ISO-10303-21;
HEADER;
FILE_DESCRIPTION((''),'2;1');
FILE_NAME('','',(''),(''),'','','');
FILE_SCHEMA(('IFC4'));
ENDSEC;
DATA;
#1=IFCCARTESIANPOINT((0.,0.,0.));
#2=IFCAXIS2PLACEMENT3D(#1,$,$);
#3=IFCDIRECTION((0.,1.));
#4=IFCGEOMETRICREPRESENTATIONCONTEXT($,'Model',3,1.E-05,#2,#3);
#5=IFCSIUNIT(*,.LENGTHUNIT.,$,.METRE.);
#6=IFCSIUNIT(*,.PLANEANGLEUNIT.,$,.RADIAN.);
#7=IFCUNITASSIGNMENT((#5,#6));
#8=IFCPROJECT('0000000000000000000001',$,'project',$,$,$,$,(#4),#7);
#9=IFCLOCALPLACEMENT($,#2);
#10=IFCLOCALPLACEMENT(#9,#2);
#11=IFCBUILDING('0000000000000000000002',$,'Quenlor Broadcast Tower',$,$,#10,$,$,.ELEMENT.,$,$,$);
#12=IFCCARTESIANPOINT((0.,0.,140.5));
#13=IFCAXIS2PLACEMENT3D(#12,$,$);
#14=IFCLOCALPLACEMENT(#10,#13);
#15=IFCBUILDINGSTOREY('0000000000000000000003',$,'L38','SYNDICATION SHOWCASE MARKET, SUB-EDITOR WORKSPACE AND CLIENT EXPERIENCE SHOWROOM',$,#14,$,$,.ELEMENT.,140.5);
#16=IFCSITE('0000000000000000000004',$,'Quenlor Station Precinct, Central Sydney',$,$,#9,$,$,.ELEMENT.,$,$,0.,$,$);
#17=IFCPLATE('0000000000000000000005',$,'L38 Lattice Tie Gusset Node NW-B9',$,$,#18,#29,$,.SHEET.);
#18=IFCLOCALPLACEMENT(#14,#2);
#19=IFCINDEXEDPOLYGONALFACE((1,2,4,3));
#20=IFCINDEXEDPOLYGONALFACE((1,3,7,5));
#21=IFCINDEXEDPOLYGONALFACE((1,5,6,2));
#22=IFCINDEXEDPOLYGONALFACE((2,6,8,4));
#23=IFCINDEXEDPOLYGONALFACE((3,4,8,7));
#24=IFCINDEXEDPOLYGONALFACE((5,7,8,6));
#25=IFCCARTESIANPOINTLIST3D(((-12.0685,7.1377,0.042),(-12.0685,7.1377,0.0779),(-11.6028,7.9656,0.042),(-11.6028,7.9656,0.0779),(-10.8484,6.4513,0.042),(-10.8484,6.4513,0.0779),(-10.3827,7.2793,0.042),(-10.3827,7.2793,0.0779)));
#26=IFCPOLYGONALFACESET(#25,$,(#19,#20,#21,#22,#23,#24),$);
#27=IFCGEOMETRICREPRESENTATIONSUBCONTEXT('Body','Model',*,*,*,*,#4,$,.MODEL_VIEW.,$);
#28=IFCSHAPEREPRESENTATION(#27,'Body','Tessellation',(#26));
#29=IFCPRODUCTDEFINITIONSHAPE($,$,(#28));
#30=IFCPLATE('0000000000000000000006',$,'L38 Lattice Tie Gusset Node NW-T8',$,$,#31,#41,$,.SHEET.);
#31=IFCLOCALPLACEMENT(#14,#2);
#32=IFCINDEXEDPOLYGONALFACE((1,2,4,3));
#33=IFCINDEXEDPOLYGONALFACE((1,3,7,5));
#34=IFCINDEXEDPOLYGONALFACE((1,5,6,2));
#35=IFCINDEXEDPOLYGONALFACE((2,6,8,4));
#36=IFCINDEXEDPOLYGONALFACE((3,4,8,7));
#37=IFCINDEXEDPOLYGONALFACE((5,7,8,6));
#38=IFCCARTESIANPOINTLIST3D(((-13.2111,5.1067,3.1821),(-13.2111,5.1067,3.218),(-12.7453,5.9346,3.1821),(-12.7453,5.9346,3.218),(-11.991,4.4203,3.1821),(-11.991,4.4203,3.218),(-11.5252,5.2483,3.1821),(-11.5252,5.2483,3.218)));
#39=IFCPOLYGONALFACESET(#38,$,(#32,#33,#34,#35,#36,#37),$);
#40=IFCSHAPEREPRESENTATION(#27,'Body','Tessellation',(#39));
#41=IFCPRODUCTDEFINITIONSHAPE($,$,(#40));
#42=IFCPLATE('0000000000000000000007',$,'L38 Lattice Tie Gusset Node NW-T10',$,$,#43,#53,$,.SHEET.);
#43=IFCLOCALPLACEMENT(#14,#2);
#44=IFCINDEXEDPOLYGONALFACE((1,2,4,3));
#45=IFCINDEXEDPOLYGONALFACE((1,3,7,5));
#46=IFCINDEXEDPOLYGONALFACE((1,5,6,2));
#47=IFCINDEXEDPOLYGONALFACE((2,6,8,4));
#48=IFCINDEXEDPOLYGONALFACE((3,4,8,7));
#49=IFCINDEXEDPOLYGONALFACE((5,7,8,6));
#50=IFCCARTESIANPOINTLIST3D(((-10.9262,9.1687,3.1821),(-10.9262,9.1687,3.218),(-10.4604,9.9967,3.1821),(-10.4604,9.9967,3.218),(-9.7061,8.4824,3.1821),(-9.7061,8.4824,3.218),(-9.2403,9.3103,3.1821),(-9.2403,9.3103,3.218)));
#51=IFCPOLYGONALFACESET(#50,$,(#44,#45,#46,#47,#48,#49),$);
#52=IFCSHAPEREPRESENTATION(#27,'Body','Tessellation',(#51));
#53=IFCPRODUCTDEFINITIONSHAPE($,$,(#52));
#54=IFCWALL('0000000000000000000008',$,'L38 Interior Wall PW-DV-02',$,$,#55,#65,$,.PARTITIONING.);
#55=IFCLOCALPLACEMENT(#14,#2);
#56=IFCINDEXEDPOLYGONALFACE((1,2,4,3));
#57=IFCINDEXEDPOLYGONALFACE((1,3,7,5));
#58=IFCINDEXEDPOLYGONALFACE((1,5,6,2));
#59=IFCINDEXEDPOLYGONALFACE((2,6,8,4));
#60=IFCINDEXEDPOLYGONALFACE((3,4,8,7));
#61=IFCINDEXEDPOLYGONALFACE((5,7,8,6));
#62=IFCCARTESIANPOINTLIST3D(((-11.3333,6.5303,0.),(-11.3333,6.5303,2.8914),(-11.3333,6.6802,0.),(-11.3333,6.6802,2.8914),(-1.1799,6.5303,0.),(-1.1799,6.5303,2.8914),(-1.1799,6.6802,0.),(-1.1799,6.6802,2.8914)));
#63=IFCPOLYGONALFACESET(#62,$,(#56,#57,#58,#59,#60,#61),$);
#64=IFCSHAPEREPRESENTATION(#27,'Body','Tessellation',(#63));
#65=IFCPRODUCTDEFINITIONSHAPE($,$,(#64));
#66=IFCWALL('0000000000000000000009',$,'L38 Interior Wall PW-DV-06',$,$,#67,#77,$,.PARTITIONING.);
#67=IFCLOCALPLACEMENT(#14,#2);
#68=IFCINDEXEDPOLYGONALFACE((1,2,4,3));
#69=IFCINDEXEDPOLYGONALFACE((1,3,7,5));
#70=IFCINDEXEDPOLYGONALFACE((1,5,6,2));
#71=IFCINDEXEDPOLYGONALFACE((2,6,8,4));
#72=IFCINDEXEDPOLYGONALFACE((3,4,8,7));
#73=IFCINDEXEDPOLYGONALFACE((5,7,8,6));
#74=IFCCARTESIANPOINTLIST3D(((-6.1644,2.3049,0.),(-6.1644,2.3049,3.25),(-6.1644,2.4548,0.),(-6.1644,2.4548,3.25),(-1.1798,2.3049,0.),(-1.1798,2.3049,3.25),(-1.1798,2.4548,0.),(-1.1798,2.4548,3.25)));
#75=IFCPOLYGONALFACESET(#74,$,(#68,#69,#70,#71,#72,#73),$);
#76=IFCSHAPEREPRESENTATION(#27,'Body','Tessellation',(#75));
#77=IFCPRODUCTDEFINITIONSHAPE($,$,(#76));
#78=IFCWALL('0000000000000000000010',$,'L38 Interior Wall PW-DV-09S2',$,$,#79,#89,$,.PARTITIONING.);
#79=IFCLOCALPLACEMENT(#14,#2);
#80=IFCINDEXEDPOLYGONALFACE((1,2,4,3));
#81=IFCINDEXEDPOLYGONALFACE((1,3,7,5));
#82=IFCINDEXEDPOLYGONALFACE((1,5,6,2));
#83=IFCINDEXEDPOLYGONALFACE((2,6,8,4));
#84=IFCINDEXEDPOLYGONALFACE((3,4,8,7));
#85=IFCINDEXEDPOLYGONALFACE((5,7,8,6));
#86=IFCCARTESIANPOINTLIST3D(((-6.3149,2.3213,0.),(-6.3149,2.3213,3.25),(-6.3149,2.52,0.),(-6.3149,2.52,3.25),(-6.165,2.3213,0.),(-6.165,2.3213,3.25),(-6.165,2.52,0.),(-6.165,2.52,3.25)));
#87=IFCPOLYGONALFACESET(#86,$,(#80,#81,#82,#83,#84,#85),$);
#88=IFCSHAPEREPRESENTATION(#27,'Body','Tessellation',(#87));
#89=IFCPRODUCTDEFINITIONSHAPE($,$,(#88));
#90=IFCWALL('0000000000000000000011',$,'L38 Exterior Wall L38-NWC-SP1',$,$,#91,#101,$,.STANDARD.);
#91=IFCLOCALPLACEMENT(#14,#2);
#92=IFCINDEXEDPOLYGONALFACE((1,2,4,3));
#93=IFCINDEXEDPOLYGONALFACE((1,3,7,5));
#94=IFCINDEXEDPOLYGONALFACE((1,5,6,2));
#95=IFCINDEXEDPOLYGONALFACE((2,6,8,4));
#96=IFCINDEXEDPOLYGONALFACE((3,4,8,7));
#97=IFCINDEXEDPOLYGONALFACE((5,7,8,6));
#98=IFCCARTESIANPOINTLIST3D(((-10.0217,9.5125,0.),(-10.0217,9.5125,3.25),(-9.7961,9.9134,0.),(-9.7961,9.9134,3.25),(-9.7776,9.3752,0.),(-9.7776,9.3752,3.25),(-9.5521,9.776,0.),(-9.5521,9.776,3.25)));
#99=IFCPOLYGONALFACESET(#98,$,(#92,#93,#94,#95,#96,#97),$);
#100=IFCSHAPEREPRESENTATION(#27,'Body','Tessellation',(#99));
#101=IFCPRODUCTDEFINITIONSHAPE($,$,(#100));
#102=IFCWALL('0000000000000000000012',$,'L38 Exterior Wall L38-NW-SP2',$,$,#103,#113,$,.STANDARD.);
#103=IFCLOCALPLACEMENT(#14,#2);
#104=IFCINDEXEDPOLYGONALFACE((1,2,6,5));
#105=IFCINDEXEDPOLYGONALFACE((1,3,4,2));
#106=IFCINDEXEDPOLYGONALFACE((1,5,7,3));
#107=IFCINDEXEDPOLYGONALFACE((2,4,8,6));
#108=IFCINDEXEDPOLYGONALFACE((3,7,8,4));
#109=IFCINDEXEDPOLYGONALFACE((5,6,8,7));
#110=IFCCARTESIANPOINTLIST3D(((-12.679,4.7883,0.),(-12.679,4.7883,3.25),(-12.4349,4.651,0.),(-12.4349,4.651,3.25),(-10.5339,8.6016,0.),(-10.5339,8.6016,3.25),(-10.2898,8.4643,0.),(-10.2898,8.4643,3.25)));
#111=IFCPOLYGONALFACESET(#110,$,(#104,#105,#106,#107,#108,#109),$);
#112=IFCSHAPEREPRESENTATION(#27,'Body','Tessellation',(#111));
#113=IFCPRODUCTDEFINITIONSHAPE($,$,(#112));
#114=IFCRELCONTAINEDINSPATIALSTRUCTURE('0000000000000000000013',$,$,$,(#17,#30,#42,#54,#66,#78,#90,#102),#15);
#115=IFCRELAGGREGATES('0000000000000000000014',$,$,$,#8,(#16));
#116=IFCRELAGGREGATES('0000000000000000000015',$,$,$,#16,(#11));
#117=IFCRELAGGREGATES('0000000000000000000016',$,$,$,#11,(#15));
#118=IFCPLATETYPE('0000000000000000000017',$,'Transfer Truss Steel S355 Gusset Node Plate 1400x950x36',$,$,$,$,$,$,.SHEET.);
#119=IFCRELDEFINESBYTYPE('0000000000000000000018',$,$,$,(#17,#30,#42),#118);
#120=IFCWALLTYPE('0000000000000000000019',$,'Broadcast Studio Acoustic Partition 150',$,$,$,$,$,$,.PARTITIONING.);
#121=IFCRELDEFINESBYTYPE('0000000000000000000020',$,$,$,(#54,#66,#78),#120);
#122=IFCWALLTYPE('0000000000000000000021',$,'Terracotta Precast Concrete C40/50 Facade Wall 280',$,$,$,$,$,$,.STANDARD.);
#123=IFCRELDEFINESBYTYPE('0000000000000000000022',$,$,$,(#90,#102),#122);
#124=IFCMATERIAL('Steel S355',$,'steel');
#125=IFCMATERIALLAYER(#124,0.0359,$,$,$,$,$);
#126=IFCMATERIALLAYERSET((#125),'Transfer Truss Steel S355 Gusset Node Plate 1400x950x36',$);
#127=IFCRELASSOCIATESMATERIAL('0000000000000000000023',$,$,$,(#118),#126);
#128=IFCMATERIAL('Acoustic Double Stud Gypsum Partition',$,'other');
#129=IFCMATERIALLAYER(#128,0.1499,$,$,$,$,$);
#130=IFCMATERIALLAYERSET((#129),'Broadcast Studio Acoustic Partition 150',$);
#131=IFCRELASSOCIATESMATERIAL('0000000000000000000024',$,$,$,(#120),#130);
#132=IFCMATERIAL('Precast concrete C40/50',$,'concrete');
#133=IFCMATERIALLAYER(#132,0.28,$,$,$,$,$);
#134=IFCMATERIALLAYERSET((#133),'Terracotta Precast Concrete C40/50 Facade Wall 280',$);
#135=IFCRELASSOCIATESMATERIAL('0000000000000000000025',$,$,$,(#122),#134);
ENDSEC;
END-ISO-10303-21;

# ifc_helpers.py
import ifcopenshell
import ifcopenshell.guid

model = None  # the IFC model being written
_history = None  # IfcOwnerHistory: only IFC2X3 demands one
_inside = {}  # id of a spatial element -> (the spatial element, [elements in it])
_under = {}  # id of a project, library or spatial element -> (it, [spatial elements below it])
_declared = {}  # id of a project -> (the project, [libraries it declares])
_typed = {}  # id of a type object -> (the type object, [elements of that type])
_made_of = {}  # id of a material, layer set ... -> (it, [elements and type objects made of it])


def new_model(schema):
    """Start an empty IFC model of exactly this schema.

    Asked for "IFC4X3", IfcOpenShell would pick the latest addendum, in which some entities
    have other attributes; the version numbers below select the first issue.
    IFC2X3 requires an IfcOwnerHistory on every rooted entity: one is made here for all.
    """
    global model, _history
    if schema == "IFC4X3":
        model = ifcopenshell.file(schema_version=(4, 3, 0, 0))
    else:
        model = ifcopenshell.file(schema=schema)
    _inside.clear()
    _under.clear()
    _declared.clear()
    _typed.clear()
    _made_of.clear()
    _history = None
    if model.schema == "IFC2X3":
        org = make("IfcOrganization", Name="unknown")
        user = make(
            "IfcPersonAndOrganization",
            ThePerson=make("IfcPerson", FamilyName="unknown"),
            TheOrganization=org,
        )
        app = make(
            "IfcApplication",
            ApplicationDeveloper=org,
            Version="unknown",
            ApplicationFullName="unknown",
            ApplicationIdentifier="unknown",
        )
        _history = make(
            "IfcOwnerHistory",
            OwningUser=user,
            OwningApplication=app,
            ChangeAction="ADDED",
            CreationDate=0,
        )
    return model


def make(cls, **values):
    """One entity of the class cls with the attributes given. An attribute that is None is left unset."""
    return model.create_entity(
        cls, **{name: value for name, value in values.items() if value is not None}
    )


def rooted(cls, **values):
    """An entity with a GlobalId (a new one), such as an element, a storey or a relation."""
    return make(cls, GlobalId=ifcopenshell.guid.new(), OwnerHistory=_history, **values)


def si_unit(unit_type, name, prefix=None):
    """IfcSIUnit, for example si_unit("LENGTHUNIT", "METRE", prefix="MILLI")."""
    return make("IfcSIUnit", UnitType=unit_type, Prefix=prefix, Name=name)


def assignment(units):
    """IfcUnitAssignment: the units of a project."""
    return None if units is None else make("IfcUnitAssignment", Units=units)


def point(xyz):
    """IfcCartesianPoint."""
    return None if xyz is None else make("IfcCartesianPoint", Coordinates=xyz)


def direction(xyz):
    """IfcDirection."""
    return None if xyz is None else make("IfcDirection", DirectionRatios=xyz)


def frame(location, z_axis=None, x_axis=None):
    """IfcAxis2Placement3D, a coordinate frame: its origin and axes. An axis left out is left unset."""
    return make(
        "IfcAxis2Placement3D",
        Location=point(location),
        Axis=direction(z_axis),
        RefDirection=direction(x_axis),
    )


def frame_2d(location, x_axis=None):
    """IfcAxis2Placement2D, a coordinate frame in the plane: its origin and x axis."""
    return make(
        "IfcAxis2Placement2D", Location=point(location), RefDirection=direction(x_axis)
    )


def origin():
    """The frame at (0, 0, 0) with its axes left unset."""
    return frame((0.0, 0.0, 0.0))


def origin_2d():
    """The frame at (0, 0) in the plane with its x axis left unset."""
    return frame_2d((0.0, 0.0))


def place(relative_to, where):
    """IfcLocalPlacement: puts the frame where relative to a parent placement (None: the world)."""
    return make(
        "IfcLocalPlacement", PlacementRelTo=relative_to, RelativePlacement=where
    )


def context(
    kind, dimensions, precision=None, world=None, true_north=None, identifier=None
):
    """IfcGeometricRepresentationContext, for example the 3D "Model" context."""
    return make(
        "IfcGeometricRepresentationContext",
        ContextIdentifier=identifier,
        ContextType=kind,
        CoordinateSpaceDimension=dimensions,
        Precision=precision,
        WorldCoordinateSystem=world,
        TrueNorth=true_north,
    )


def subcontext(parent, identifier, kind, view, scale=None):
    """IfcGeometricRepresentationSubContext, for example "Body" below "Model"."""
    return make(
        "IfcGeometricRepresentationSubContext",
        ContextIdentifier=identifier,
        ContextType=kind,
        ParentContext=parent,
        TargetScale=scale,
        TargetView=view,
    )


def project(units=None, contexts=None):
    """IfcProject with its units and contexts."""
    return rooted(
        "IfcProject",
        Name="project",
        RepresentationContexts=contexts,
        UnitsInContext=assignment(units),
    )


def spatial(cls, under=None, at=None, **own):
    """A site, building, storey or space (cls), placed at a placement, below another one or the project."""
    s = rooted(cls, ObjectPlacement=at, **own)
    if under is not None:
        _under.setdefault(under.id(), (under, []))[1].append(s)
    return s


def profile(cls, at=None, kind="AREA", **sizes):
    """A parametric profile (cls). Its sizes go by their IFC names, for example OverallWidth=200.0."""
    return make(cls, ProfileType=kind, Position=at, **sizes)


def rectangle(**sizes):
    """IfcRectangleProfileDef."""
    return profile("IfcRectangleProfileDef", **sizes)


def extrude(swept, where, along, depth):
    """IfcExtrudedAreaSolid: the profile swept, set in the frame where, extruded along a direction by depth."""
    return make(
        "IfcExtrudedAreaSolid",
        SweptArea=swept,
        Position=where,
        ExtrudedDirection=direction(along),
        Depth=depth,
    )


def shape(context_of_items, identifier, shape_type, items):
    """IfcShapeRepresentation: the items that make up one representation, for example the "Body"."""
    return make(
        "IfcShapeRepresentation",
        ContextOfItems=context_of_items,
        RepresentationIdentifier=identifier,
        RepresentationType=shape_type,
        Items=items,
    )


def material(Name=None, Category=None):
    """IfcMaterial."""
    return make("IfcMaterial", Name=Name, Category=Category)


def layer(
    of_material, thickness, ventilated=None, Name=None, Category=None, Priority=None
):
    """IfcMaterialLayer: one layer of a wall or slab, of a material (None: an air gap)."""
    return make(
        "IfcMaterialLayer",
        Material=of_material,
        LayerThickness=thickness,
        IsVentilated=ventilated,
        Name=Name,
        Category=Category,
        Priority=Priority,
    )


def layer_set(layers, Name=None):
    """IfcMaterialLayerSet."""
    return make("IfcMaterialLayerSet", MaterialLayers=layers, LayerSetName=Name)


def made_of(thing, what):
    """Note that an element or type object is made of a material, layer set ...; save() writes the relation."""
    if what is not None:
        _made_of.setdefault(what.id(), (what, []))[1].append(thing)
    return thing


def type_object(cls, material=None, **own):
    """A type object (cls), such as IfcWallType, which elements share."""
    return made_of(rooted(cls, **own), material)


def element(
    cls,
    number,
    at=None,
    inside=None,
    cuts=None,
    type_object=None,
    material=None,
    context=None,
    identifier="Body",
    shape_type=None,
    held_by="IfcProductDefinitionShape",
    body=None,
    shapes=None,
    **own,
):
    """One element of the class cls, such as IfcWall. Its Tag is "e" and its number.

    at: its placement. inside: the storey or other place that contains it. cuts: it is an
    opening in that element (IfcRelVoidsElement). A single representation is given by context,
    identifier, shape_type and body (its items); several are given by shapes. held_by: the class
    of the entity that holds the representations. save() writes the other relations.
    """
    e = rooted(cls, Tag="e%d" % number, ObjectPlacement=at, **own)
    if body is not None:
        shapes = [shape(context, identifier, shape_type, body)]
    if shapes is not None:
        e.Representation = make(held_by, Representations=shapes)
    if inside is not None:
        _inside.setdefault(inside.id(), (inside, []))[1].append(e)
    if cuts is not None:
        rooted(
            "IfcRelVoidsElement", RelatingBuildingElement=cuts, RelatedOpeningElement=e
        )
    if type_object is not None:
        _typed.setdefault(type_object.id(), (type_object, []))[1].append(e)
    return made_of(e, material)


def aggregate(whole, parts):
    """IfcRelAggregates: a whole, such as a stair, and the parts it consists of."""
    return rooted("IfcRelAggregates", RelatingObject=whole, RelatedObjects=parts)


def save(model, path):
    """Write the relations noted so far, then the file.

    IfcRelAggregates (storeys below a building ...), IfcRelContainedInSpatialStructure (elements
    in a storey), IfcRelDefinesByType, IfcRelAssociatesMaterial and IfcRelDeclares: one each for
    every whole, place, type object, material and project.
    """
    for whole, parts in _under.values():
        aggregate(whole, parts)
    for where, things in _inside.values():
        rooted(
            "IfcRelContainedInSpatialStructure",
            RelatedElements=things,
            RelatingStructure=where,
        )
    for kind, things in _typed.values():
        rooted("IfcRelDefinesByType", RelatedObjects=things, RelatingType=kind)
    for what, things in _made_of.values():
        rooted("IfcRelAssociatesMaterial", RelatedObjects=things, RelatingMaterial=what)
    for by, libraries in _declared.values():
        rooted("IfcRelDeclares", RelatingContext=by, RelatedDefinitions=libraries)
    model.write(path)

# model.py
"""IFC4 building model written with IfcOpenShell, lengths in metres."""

from ifc_helpers import new_model, si_unit, direction, frame, frame_2d, origin, origin_2d, place, context, subcontext, project, spatial, rectangle, extrude, material, layer, layer_set, type_object, element, save


model = new_model("IFC4")

# Units and contexts
model_context = context("Model", 3, precision=1e-05, world=origin(), true_north=direction((0.0, 1.0)))
body_context = subcontext(model_context, "Body", "Model", "MODEL_VIEW")
ifc_project = project(units=[si_unit("LENGTHUNIT", "METRE"), si_unit("PLANEANGLEUNIT", "RADIAN")], contexts=[model_context])

# Site, building, storey
site_placement = place(None, origin())
site = spatial("IfcSite", under=ifc_project, at=site_placement, Name="Quenlor Station Precinct, Central Sydney", CompositionType="ELEMENT", RefElevation=0.0)
building_placement = place(site_placement, origin())
building = spatial("IfcBuilding", under=site, at=building_placement, Name="Quenlor Broadcast Tower", CompositionType="ELEMENT")
storey_placement = place(building_placement, frame((0.0, 0.0, 140.5)))
storey = spatial("IfcBuildingStorey", under=building, at=storey_placement, Name="L38", Description="SYNDICATION SHOWCASE MARKET, SUB-EDITOR WORKSPACE AND CLIENT EXPERIENCE SHOWROOM", CompositionType="ELEMENT", Elevation=140.5)

# Plates
ifc_material_1 = material(Name="Steel S355", Category="steel")
ifc_layer_1 = layer(ifc_material_1, 0.0359)
ifc_layer_set_1 = layer_set([ifc_layer_1], Name="Transfer Truss Steel S355 Gusset Node Plate 1400x950x36")
plate_type_1 = type_object("IfcPlateType", Name="Transfer Truss Steel S355 Gusset Node Plate 1400x950x36", PredefinedType="SHEET", material=ifc_layer_set_1)
for number, where, z_axis, x_axis, name in (
    (1, (-11.2256, 7.2085, 0.042), (0.0, 0.0, 1.0), (-0.871556, 0.490295, 0.0), "L38 Lattice Tie Gusset Node NW-B9"),
    (2, (-12.3682, 5.1775, 3.1821), (0.0, 0.0, 1.0), (-0.871556, 0.490295, 0.0), "L38 Lattice Tie Gusset Node NW-T8"),
    (3, (-10.0833, 9.2395, 3.1821), (0.0, 0.0, 1.0), (-0.871556, 0.490295, 0.0), "L38 Lattice Tie Gusset Node NW-T10"),
):
    element("IfcPlate", number, at=place(storey_placement, frame(where, z_axis=z_axis, x_axis=x_axis)), inside=storey, type_object=plate_type_1, Name=name, PredefinedType="SHEET", context=body_context, shape_type="SweptSolid", body=[
        extrude(rectangle(XDim=1.3999, YDim=0.95, at=origin_2d()), origin(), (0.0, 0.0, 1.0), 0.0359),
    ])

# Walls
ifc_material_2 = material(Name="Acoustic Double Stud Gypsum Partition", Category="other")
ifc_layer_2 = layer(ifc_material_2, 0.1499)
ifc_layer_set_2 = layer_set([ifc_layer_2], Name="Broadcast Studio Acoustic Partition 150")
wall_type_1 = type_object("IfcWallType", Name="Broadcast Studio Acoustic Partition 150", PredefinedType="PARTITIONING", material=ifc_layer_set_2)
wall_1_placement = place(storey_placement, frame((-1.1799, 6.6052, 0.0), z_axis=(0.0, 0.0, 1.0), x_axis=(-1.0, 0.0, 0.0)))
element("IfcWall", 4, at=wall_1_placement, inside=storey, type_object=wall_type_1, Name="L38 Interior Wall PW-DV-02", PredefinedType="PARTITIONING", context=body_context, shape_type="SweptSolid", body=[
    extrude(rectangle(XDim=10.1533, YDim=0.1499, at=frame_2d((5.0767, 0.0))), origin(), (0.0, 0.0, 1.0), 2.8914),
])
wall_2_placement = place(storey_placement, frame((-1.1799, 2.3799, 0.0), z_axis=(0.0, 0.0, 1.0), x_axis=(-1.0, 0.0, 0.0)))
element("IfcWall", 5, at=wall_2_placement, inside=storey, type_object=wall_type_1, Name="L38 Interior Wall PW-DV-06", PredefinedType="PARTITIONING", context=body_context, shape_type="SweptSolid", body=[
    extrude(rectangle(XDim=4.9846, YDim=0.1499, at=frame_2d((2.4922, 0.0))), origin(), (0.0, 0.0, 1.0), 3.25),
])
wall_3_placement = place(storey_placement, frame((-6.24, 2.3213, 0.0), z_axis=(0.0, 0.0, 1.0), x_axis=(0.0, 1.0, 0.0)))
element("IfcWall", 6, at=wall_3_placement, inside=storey, type_object=wall_type_1, Name="L38 Interior Wall PW-DV-09S2", PredefinedType="PARTITIONING", context=body_context, shape_type="SweptSolid", body=[
    extrude(rectangle(XDim=0.1987, YDim=0.1499, at=frame_2d((0.0994, 0.0))), origin(), (0.0, 0.0, 1.0), 3.25),
])
ifc_material_3 = material(Name="Precast concrete C40/50", Category="concrete")
ifc_layer_3 = layer(ifc_material_3, 0.28)
ifc_layer_set_3 = layer_set([ifc_layer_3], Name="Terracotta Precast Concrete C40/50 Facade Wall 280")
wall_type_2 = type_object("IfcWallType", Name="Terracotta Precast Concrete C40/50 Facade Wall 280", PredefinedType="STANDARD", material=ifc_layer_set_3)
wall_4_placement = place(storey_placement, frame((-9.8997, 9.4438, 0.0), z_axis=(0.0, 0.0, 1.0), x_axis=(0.490412, 0.87149, 0.0)))
element("IfcWall", 7, at=wall_4_placement, inside=storey, type_object=wall_type_2, Name="L38 Exterior Wall L38-NWC-SP1", PredefinedType="STANDARD", context=body_context, shape_type="SweptSolid", body=[
    extrude(rectangle(XDim=0.46, YDim=0.28, at=frame_2d((0.23, 0.0))), origin(), (0.0, 0.0, 1.0), 3.25),
])
wall_5_placement = place(storey_placement, frame((-12.5569, 4.7197, 0.0), z_axis=(0.0, 0.0, 1.0), x_axis=(0.490274, 0.871568, 0.0)))
element("IfcWall", 8, at=wall_5_placement, inside=storey, type_object=wall_type_2, Name="L38 Exterior Wall L38-NW-SP2", PredefinedType="STANDARD", context=body_context, shape_type="SweptSolid", body=[
    extrude(rectangle(XDim=4.3752, YDim=0.28, at=frame_2d((2.1875, 0.0))), origin(), (0.0, 0.0, 1.0), 3.25),
])

save(model, "model.ifc")
